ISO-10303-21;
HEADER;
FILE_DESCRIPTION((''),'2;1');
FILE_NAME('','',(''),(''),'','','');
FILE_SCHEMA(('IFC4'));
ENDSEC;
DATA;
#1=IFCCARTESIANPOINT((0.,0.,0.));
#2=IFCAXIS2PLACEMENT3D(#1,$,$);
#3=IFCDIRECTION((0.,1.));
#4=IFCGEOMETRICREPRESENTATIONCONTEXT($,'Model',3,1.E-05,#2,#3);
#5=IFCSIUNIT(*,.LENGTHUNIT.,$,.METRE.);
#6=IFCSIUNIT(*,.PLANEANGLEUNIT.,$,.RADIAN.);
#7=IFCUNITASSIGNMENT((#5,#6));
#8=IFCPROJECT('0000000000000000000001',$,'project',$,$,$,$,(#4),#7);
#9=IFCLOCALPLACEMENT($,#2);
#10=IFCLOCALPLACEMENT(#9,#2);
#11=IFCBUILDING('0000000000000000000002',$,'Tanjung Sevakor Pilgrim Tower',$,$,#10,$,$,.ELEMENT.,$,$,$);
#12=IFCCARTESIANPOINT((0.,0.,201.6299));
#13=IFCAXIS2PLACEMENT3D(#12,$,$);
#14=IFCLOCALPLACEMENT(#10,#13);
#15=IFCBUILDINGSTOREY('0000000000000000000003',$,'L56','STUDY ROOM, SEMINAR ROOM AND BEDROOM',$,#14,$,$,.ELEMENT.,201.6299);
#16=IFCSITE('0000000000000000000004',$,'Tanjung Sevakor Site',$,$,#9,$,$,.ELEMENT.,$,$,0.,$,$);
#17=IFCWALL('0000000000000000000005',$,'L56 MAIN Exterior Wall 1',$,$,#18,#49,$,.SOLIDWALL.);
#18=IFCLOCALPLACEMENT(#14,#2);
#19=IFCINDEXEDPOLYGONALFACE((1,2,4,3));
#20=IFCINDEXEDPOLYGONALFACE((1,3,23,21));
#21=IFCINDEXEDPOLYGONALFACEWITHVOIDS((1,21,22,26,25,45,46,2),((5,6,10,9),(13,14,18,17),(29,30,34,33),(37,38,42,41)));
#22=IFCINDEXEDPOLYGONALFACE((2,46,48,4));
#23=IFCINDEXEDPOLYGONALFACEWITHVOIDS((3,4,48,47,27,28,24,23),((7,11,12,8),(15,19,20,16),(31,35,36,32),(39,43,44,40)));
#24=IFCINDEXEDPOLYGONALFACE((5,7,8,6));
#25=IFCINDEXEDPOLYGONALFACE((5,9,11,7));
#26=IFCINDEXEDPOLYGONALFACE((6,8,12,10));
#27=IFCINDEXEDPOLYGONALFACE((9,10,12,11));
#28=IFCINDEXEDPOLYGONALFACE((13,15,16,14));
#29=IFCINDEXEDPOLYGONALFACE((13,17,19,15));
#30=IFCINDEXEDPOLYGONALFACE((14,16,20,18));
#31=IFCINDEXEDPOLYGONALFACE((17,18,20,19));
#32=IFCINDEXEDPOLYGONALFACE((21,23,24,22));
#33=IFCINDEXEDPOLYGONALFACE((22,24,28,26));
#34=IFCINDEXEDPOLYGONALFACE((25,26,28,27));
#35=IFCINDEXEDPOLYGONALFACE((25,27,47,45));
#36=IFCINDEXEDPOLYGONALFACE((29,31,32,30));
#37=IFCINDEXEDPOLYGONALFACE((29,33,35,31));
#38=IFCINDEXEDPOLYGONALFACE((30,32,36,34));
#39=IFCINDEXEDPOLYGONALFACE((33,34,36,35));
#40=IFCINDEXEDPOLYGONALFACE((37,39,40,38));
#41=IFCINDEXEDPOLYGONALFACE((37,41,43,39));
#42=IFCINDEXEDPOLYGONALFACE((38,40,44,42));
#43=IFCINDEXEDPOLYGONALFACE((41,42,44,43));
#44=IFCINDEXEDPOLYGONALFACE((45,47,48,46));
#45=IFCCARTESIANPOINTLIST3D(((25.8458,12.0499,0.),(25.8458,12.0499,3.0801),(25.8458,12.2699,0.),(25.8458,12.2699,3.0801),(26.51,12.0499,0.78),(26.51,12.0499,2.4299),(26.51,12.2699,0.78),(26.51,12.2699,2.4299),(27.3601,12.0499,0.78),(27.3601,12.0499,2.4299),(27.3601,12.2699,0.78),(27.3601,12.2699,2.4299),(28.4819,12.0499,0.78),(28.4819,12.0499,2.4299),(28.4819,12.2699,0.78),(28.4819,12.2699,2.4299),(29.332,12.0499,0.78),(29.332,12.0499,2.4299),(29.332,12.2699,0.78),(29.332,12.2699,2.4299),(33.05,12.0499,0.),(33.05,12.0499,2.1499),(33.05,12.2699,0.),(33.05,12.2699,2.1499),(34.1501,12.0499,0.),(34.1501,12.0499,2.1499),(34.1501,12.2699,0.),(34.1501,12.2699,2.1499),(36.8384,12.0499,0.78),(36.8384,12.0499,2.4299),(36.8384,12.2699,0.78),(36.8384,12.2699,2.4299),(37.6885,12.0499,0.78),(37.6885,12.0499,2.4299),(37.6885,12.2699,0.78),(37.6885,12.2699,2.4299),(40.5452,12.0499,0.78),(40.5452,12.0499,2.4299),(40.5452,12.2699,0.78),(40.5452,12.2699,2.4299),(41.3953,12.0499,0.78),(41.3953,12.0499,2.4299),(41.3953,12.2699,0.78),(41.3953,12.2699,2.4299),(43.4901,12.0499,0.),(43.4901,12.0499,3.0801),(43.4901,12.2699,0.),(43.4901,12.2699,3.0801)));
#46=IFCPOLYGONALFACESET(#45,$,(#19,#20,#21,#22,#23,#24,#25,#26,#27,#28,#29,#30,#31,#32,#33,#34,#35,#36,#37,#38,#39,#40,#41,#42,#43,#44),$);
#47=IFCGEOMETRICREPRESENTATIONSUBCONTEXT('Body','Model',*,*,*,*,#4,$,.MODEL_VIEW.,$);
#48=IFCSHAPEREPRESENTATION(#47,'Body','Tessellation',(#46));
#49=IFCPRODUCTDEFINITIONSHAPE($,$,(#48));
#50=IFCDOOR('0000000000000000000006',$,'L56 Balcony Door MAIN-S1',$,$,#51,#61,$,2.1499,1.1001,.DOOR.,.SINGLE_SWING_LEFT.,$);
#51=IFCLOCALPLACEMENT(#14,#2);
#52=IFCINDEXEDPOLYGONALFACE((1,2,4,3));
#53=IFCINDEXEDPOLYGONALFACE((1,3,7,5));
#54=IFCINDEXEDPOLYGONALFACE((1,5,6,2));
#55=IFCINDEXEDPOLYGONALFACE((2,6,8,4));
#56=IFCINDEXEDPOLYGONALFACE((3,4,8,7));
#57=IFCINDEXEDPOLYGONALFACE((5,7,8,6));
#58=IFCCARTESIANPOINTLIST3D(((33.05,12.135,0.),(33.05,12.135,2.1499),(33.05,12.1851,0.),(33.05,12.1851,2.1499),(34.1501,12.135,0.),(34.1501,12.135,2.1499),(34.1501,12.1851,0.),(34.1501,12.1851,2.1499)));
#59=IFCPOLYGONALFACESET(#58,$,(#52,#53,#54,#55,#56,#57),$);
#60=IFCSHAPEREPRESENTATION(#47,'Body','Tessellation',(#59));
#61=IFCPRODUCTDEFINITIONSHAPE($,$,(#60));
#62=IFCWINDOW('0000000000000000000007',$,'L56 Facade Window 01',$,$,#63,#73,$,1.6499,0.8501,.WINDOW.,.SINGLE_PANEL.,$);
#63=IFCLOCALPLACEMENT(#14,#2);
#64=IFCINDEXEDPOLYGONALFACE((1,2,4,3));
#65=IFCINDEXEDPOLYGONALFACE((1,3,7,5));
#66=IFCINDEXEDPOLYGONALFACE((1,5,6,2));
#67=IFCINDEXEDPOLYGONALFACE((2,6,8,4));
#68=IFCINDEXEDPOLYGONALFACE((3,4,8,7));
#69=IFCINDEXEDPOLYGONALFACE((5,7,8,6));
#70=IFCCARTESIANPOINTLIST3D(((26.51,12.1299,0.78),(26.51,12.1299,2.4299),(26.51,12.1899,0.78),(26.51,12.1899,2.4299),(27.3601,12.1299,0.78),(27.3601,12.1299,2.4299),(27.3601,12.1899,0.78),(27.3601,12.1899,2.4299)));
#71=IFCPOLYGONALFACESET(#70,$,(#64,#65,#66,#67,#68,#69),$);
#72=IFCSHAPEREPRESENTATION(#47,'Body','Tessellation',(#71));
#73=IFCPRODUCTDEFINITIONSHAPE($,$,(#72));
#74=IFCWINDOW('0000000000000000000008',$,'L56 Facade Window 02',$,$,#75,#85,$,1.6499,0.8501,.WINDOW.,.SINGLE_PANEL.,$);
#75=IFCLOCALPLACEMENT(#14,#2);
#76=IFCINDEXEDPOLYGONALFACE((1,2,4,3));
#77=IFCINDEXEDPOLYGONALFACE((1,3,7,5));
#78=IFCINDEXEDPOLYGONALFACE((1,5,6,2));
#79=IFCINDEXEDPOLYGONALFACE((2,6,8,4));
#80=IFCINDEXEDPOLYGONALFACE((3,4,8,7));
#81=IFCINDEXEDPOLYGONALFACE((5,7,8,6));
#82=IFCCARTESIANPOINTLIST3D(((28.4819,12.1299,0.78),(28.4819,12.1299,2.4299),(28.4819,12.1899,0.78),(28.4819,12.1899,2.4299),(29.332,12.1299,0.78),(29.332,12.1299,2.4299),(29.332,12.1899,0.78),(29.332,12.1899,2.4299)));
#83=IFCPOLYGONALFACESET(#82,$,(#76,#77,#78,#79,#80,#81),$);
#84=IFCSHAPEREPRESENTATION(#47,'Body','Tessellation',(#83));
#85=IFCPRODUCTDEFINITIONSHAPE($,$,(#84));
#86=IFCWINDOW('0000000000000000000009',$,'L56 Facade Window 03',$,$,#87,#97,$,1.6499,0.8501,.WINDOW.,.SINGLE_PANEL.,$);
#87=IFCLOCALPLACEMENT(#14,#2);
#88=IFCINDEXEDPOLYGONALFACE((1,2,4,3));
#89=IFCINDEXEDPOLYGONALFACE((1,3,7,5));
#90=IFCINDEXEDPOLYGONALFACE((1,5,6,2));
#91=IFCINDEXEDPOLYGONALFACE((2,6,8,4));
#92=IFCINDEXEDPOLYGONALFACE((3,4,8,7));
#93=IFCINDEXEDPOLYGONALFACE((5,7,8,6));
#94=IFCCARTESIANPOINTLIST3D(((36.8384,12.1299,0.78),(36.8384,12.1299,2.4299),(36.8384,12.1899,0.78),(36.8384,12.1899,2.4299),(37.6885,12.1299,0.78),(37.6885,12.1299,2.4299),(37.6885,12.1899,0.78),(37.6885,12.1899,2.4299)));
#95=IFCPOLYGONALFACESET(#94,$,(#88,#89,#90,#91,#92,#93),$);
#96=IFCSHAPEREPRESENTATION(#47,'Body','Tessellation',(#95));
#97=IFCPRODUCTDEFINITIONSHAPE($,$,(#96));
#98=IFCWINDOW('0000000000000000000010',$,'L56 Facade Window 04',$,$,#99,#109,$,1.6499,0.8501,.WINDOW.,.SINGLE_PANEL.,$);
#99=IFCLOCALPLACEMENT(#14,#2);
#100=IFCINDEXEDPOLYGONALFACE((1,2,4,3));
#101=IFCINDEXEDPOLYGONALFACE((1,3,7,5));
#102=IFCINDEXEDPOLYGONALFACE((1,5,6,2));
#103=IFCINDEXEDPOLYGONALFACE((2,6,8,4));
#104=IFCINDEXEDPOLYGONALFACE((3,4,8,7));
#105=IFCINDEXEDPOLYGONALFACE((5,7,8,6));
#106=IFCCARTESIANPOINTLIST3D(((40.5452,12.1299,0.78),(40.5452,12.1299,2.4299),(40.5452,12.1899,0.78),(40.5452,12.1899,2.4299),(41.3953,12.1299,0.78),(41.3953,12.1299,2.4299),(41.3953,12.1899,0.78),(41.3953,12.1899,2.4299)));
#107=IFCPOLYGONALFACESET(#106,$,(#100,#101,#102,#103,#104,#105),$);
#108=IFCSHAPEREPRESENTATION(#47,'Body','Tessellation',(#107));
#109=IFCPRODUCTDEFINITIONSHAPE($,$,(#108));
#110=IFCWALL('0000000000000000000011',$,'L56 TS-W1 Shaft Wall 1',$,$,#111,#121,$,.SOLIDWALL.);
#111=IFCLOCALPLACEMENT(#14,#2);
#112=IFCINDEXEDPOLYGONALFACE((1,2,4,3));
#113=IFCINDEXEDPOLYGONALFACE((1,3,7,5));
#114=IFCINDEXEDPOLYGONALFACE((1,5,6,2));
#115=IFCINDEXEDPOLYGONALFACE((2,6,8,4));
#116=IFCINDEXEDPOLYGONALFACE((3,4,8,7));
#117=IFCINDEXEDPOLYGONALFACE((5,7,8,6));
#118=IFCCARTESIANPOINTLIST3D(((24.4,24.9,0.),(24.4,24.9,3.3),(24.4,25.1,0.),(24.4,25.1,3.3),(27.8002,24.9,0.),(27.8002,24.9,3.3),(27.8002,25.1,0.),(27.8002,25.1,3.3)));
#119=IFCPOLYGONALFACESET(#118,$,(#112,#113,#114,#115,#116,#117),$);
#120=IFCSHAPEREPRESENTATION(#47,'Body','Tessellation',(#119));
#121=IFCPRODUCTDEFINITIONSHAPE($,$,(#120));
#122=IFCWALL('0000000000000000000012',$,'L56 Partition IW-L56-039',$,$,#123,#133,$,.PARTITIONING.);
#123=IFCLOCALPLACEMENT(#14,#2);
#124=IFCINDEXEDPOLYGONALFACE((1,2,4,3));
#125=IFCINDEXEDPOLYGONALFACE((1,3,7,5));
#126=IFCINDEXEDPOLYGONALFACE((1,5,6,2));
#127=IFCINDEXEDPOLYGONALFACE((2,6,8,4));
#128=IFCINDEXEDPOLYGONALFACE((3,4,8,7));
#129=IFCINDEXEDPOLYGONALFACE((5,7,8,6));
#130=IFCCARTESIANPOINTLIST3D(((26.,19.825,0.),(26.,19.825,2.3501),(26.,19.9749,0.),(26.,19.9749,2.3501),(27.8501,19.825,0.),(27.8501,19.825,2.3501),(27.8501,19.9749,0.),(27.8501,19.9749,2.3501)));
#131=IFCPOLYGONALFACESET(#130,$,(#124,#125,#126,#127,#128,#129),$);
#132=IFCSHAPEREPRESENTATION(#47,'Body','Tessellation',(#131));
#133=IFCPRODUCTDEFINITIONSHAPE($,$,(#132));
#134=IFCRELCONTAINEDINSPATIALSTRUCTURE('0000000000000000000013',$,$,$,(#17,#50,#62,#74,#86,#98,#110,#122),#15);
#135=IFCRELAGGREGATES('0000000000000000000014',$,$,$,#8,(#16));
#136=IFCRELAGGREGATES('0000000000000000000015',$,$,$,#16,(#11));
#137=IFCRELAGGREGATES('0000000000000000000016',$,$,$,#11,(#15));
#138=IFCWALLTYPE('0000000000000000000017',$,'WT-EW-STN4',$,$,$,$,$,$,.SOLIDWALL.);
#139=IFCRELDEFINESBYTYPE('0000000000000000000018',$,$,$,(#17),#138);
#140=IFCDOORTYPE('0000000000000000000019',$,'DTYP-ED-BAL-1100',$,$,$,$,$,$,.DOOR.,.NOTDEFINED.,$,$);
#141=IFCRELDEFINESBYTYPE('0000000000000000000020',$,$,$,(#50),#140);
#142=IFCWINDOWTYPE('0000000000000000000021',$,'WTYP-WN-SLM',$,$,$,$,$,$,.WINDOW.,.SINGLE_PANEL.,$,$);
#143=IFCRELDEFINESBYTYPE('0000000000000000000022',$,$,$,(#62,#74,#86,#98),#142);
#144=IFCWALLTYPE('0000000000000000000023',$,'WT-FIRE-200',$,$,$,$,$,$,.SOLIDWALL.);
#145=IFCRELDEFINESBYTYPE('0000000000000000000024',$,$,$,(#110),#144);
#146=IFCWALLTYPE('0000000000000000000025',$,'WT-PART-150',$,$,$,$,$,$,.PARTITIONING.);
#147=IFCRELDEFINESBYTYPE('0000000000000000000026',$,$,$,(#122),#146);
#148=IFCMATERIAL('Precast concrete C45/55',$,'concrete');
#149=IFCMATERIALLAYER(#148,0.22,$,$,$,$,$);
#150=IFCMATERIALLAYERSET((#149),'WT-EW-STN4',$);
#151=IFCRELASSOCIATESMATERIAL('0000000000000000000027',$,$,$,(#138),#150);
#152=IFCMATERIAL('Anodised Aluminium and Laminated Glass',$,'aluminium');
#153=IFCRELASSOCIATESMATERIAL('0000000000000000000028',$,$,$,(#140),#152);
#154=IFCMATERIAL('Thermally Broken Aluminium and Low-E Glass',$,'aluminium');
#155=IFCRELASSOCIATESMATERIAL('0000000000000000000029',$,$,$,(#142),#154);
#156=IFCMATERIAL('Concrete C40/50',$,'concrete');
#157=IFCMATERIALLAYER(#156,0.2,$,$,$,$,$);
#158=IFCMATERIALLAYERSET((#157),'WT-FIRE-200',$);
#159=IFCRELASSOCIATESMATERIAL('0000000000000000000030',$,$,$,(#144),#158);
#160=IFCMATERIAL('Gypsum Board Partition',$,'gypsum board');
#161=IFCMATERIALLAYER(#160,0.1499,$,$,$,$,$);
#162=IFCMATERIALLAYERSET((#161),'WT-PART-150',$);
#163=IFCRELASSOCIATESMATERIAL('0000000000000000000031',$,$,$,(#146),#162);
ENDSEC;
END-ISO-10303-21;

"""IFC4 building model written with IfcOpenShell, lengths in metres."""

from ifc_helpers import new_model, si_unit, direction, frame, frame_2d, origin, place, context, subcontext, project, spatial, rectangle, extrude, material, layer, layer_set, type_object, element, fill, save


model = new_model("IFC4")

# Units and contexts
model_context = context("Model", 3, precision=1e-05, world=origin(), true_north=direction((0.0, 1.0)))
body_context = subcontext(model_context, "Body", "Model", "MODEL_VIEW")
ifc_project = project(units=[si_unit("LENGTHUNIT", "METRE"), si_unit("PLANEANGLEUNIT", "RADIAN")], contexts=[model_context])

# Site, building, storey
site_placement = place(None, origin())
site = spatial("IfcSite", under=ifc_project, at=site_placement, Name="Tanjung Sevakor Site", CompositionType="ELEMENT", RefElevation=0.0)
building_placement = place(site_placement, origin())
building = spatial("IfcBuilding", under=site, at=building_placement, Name="Tanjung Sevakor Pilgrim Tower", CompositionType="ELEMENT")
storey_placement = place(building_placement, frame((0.0, 0.0, 201.6299)))
storey = spatial("IfcBuildingStorey", under=building, at=storey_placement, Name="L56", Description="STUDY ROOM, SEMINAR ROOM AND BEDROOM", CompositionType="ELEMENT", Elevation=201.6299)

# Wall, openings, door, windows
ifc_material_1 = material(Name="Precast concrete C45/55", Category="concrete")
ifc_layer_1 = layer(ifc_material_1, 0.22)
ifc_layer_set_1 = layer_set([ifc_layer_1], Name="WT-EW-STN4")
wall_type_1 = type_object("IfcWallType", Name="WT-EW-STN4", PredefinedType="SOLIDWALL", material=ifc_layer_set_1)
wall_1_placement = place(storey_placement, frame((25.8457, 12.1599, 0.0), z_axis=(0.0, 0.0, 1.0), x_axis=(1.0, 0.0, 0.0)))
wall_1 = element("IfcWall", 1, at=wall_1_placement, inside=storey, type_object=wall_type_1, Name="L56 MAIN Exterior Wall 1", PredefinedType="SOLIDWALL", context=body_context, shape_type="SweptSolid", body=[
    extrude(rectangle(XDim=17.6443, YDim=0.22, at=frame_2d((8.8223, 0.0))), origin(), (0.0, 0.0, 1.0), 3.0801),
])
opening_1_placement = place(wall_1_placement, frame((7.2043, 0.0, 0.0)))
opening_1 = element("IfcOpeningElement", 2, at=opening_1_placement, cuts=wall_1, PredefinedType="OPENING", context=body_context, shape_type="SweptSolid", body=[
    extrude(rectangle(XDim=1.1001, YDim=2.1499, at=frame_2d((0.55, 1.075))), frame((0.0, 0.1199, 0.0), z_axis=(0.0, -1.0, 0.0), x_axis=(1.0, 0.0, 0.0)), (0.0, 0.0, 1.0), 0.24),
])
opening_2_placement = place(wall_1_placement, frame((0.6643, 0.0, 0.78)))
opening_2 = element("IfcOpeningElement", 3, at=opening_2_placement, cuts=wall_1, PredefinedType="OPENING", context=body_context, shape_type="SweptSolid", body=[
    extrude(rectangle(XDim=0.8501, YDim=1.6499, at=frame_2d((0.425, 0.825))), frame((0.0, 0.1199, 0.0), z_axis=(0.0, -1.0, 0.0), x_axis=(1.0, 0.0, 0.0)), (0.0, 0.0, 1.0), 0.24),
])
opening_3_placement = place(wall_1_placement, frame((2.6362, 0.0, 0.78)))
opening_3 = element("IfcOpeningElement", 4, at=opening_3_placement, cuts=wall_1, PredefinedType="OPENING", context=body_context, shape_type="SweptSolid", body=[
    extrude(rectangle(XDim=0.8501, YDim=1.6499, at=frame_2d((0.425, 0.825))), frame((0.0, 0.1199, 0.0), z_axis=(0.0, -1.0, 0.0), x_axis=(1.0, 0.0, 0.0)), (0.0, 0.0, 1.0), 0.24),
])
opening_4_placement = place(wall_1_placement, frame((10.9927, 0.0, 0.78)))
opening_4 = element("IfcOpeningElement", 5, at=opening_4_placement, cuts=wall_1, PredefinedType="OPENING", context=body_context, shape_type="SweptSolid", body=[
    extrude(rectangle(XDim=0.8501, YDim=1.6499, at=frame_2d((0.425, 0.825))), frame((0.0, 0.1199, 0.0), z_axis=(0.0, -1.0, 0.0), x_axis=(1.0, 0.0, 0.0)), (0.0, 0.0, 1.0), 0.24),
])
opening_5_placement = place(wall_1_placement, frame((14.6995, 0.0, 0.78)))
opening_5 = element("IfcOpeningElement", 6, at=opening_5_placement, cuts=wall_1, PredefinedType="OPENING", context=body_context, shape_type="SweptSolid", body=[
    extrude(rectangle(XDim=0.8501, YDim=1.6499, at=frame_2d((0.425, 0.825))), frame((0.0, 0.1199, 0.0), z_axis=(0.0, -1.0, 0.0), x_axis=(1.0, 0.0, 0.0)), (0.0, 0.0, 1.0), 0.24),
])
ifc_material_2 = material(Name="Anodised Aluminium and Laminated Glass", Category="aluminium")
door_type_1 = type_object("IfcDoorType", Name="DTYP-ED-BAL-1100", OperationType="NOTDEFINED", PredefinedType="DOOR", material=ifc_material_2)
door_1_placement = place(opening_1_placement, frame((1.1001, 0.0, 0.0), z_axis=(0.0, 0.0, 1.0), x_axis=(-1.0, 0.0, 0.0)))
door_1 = element("IfcDoor", 7, at=door_1_placement, inside=storey, type_object=door_type_1, Name="L56 Balcony Door MAIN-S1", OperationType="SINGLE_SWING_LEFT", OverallHeight=2.1499, OverallWidth=1.1001, PredefinedType="DOOR", context=body_context, shape_type="SweptSolid", body=[
    extrude(rectangle(XDim=1.1001, YDim=2.1499, at=frame_2d((0.55, 1.075))), frame((0.0, 0.0249, 0.0), z_axis=(0.0, -1.0, 0.0), x_axis=(1.0, 0.0, 0.0)), (0.0, 0.0, 1.0), 0.05),
])
fill(opening_1, door_1)
ifc_material_3 = material(Name="Thermally Broken Aluminium and Low-E Glass", Category="aluminium")
window_type = type_object("IfcWindowType", Name="WTYP-WN-SLM", PartitioningType="SINGLE_PANEL", PredefinedType="WINDOW", material=ifc_material_3)
window_1_placement = place(opening_2_placement, origin())
window_1 = element("IfcWindow", 8, at=window_1_placement, inside=storey, type_object=window_type, Name="L56 Facade Window 01", OverallHeight=1.6499, OverallWidth=0.8501, PartitioningType="SINGLE_PANEL", PredefinedType="WINDOW", context=body_context, shape_type="SweptSolid", body=[
    extrude(rectangle(XDim=0.8501, YDim=1.6499, at=frame_2d((0.425, 0.825))), frame((0.0, 0.03, 0.0), z_axis=(0.0, -1.0, 0.0), x_axis=(1.0, 0.0, 0.0)), (0.0, 0.0, 1.0), 0.0601),
])
fill(opening_2, window_1)
window_2_placement = place(opening_3_placement, origin())
window_2 = element("IfcWindow", 9, at=window_2_placement, inside=storey, type_object=window_type, Name="L56 Facade Window 02", OverallHeight=1.6499, OverallWidth=0.8501, PartitioningType="SINGLE_PANEL", PredefinedType="WINDOW", context=body_context, shape_type="SweptSolid", body=[
    extrude(rectangle(XDim=0.8501, YDim=1.6499, at=frame_2d((0.425, 0.825))), frame((0.0, 0.03, 0.0), z_axis=(0.0, -1.0, 0.0), x_axis=(1.0, 0.0, 0.0)), (0.0, 0.0, 1.0), 0.0601),
])
fill(opening_3, window_2)
window_3_placement = place(opening_4_placement, origin())
window_3 = element("IfcWindow", 10, at=window_3_placement, inside=storey, type_object=window_type, Name="L56 Facade Window 03", OverallHeight=1.6499, OverallWidth=0.8501, PartitioningType="SINGLE_PANEL", PredefinedType="WINDOW", context=body_context, shape_type="SweptSolid", body=[
    extrude(rectangle(XDim=0.8501, YDim=1.6499, at=frame_2d((0.425, 0.825))), frame((0.0, 0.03, 0.0), z_axis=(0.0, -1.0, 0.0), x_axis=(1.0, 0.0, 0.0)), (0.0, 0.0, 1.0), 0.0601),
])
fill(opening_4, window_3)
window_4_placement = place(opening_5_placement, origin())
window_4 = element("IfcWindow", 11, at=window_4_placement, inside=storey, type_object=window_type, Name="L56 Facade Window 04", OverallHeight=1.6499, OverallWidth=0.8501, PartitioningType="SINGLE_PANEL", PredefinedType="WINDOW", context=body_context, shape_type="SweptSolid", body=[
    extrude(rectangle(XDim=0.8501, YDim=1.6499, at=frame_2d((0.425, 0.825))), frame((0.0, 0.03, 0.0), z_axis=(0.0, -1.0, 0.0), x_axis=(1.0, 0.0, 0.0)), (0.0, 0.0, 1.0), 0.0601),
])
fill(opening_5, window_4)

# Walls
ifc_material_4 = material(Name="Concrete C40/50", Category="concrete")
ifc_layer_2 = layer(ifc_material_4, 0.2)
ifc_layer_set_2 = layer_set([ifc_layer_2], Name="WT-FIRE-200")
wall_type_2 = type_object("IfcWallType", Name="WT-FIRE-200", PredefinedType="SOLIDWALL", material=ifc_layer_set_2)
wall_2_placement = place(storey_placement, frame((24.3999, 25.0, 0.0), z_axis=(0.0, 0.0, 1.0), x_axis=(1.0, 0.0, 0.0)))
element("IfcWall", 12, at=wall_2_placement, inside=storey, type_object=wall_type_2, Name="L56 TS-W1 Shaft Wall 1", PredefinedType="SOLIDWALL", context=body_context, shape_type="SweptSolid", body=[
    extrude(rectangle(XDim=3.4001, YDim=0.2, at=frame_2d((1.7002, 0.0))), origin(), (0.0, 0.0, 1.0), 3.3),
])
ifc_material_5 = material(Name="Gypsum Board Partition", Category="gypsum board")
ifc_layer_3 = layer(ifc_material_5, 0.1499)
ifc_layer_set_3 = layer_set([ifc_layer_3], Name="WT-PART-150")
wall_type_3 = type_object("IfcWallType", Name="WT-PART-150", PredefinedType="PARTITIONING", material=ifc_layer_set_3)
wall_3_placement = place(storey_placement, frame((26.0, 19.8999, 0.0), z_axis=(0.0, 0.0, 1.0), x_axis=(1.0, 0.0, 0.0)))
element("IfcWall", 13, at=wall_3_placement, inside=storey, type_object=wall_type_3, Name="L56 Partition IW-L56-039", PredefinedType="PARTITIONING", context=body_context, shape_type="SweptSolid", body=[
    extrude(rectangle(XDim=1.8501, YDim=0.1499, at=frame_2d((0.925, 0.0))), origin(), (0.0, 0.0, 1.0), 2.3501),
])

save(model, "model.ifc")
